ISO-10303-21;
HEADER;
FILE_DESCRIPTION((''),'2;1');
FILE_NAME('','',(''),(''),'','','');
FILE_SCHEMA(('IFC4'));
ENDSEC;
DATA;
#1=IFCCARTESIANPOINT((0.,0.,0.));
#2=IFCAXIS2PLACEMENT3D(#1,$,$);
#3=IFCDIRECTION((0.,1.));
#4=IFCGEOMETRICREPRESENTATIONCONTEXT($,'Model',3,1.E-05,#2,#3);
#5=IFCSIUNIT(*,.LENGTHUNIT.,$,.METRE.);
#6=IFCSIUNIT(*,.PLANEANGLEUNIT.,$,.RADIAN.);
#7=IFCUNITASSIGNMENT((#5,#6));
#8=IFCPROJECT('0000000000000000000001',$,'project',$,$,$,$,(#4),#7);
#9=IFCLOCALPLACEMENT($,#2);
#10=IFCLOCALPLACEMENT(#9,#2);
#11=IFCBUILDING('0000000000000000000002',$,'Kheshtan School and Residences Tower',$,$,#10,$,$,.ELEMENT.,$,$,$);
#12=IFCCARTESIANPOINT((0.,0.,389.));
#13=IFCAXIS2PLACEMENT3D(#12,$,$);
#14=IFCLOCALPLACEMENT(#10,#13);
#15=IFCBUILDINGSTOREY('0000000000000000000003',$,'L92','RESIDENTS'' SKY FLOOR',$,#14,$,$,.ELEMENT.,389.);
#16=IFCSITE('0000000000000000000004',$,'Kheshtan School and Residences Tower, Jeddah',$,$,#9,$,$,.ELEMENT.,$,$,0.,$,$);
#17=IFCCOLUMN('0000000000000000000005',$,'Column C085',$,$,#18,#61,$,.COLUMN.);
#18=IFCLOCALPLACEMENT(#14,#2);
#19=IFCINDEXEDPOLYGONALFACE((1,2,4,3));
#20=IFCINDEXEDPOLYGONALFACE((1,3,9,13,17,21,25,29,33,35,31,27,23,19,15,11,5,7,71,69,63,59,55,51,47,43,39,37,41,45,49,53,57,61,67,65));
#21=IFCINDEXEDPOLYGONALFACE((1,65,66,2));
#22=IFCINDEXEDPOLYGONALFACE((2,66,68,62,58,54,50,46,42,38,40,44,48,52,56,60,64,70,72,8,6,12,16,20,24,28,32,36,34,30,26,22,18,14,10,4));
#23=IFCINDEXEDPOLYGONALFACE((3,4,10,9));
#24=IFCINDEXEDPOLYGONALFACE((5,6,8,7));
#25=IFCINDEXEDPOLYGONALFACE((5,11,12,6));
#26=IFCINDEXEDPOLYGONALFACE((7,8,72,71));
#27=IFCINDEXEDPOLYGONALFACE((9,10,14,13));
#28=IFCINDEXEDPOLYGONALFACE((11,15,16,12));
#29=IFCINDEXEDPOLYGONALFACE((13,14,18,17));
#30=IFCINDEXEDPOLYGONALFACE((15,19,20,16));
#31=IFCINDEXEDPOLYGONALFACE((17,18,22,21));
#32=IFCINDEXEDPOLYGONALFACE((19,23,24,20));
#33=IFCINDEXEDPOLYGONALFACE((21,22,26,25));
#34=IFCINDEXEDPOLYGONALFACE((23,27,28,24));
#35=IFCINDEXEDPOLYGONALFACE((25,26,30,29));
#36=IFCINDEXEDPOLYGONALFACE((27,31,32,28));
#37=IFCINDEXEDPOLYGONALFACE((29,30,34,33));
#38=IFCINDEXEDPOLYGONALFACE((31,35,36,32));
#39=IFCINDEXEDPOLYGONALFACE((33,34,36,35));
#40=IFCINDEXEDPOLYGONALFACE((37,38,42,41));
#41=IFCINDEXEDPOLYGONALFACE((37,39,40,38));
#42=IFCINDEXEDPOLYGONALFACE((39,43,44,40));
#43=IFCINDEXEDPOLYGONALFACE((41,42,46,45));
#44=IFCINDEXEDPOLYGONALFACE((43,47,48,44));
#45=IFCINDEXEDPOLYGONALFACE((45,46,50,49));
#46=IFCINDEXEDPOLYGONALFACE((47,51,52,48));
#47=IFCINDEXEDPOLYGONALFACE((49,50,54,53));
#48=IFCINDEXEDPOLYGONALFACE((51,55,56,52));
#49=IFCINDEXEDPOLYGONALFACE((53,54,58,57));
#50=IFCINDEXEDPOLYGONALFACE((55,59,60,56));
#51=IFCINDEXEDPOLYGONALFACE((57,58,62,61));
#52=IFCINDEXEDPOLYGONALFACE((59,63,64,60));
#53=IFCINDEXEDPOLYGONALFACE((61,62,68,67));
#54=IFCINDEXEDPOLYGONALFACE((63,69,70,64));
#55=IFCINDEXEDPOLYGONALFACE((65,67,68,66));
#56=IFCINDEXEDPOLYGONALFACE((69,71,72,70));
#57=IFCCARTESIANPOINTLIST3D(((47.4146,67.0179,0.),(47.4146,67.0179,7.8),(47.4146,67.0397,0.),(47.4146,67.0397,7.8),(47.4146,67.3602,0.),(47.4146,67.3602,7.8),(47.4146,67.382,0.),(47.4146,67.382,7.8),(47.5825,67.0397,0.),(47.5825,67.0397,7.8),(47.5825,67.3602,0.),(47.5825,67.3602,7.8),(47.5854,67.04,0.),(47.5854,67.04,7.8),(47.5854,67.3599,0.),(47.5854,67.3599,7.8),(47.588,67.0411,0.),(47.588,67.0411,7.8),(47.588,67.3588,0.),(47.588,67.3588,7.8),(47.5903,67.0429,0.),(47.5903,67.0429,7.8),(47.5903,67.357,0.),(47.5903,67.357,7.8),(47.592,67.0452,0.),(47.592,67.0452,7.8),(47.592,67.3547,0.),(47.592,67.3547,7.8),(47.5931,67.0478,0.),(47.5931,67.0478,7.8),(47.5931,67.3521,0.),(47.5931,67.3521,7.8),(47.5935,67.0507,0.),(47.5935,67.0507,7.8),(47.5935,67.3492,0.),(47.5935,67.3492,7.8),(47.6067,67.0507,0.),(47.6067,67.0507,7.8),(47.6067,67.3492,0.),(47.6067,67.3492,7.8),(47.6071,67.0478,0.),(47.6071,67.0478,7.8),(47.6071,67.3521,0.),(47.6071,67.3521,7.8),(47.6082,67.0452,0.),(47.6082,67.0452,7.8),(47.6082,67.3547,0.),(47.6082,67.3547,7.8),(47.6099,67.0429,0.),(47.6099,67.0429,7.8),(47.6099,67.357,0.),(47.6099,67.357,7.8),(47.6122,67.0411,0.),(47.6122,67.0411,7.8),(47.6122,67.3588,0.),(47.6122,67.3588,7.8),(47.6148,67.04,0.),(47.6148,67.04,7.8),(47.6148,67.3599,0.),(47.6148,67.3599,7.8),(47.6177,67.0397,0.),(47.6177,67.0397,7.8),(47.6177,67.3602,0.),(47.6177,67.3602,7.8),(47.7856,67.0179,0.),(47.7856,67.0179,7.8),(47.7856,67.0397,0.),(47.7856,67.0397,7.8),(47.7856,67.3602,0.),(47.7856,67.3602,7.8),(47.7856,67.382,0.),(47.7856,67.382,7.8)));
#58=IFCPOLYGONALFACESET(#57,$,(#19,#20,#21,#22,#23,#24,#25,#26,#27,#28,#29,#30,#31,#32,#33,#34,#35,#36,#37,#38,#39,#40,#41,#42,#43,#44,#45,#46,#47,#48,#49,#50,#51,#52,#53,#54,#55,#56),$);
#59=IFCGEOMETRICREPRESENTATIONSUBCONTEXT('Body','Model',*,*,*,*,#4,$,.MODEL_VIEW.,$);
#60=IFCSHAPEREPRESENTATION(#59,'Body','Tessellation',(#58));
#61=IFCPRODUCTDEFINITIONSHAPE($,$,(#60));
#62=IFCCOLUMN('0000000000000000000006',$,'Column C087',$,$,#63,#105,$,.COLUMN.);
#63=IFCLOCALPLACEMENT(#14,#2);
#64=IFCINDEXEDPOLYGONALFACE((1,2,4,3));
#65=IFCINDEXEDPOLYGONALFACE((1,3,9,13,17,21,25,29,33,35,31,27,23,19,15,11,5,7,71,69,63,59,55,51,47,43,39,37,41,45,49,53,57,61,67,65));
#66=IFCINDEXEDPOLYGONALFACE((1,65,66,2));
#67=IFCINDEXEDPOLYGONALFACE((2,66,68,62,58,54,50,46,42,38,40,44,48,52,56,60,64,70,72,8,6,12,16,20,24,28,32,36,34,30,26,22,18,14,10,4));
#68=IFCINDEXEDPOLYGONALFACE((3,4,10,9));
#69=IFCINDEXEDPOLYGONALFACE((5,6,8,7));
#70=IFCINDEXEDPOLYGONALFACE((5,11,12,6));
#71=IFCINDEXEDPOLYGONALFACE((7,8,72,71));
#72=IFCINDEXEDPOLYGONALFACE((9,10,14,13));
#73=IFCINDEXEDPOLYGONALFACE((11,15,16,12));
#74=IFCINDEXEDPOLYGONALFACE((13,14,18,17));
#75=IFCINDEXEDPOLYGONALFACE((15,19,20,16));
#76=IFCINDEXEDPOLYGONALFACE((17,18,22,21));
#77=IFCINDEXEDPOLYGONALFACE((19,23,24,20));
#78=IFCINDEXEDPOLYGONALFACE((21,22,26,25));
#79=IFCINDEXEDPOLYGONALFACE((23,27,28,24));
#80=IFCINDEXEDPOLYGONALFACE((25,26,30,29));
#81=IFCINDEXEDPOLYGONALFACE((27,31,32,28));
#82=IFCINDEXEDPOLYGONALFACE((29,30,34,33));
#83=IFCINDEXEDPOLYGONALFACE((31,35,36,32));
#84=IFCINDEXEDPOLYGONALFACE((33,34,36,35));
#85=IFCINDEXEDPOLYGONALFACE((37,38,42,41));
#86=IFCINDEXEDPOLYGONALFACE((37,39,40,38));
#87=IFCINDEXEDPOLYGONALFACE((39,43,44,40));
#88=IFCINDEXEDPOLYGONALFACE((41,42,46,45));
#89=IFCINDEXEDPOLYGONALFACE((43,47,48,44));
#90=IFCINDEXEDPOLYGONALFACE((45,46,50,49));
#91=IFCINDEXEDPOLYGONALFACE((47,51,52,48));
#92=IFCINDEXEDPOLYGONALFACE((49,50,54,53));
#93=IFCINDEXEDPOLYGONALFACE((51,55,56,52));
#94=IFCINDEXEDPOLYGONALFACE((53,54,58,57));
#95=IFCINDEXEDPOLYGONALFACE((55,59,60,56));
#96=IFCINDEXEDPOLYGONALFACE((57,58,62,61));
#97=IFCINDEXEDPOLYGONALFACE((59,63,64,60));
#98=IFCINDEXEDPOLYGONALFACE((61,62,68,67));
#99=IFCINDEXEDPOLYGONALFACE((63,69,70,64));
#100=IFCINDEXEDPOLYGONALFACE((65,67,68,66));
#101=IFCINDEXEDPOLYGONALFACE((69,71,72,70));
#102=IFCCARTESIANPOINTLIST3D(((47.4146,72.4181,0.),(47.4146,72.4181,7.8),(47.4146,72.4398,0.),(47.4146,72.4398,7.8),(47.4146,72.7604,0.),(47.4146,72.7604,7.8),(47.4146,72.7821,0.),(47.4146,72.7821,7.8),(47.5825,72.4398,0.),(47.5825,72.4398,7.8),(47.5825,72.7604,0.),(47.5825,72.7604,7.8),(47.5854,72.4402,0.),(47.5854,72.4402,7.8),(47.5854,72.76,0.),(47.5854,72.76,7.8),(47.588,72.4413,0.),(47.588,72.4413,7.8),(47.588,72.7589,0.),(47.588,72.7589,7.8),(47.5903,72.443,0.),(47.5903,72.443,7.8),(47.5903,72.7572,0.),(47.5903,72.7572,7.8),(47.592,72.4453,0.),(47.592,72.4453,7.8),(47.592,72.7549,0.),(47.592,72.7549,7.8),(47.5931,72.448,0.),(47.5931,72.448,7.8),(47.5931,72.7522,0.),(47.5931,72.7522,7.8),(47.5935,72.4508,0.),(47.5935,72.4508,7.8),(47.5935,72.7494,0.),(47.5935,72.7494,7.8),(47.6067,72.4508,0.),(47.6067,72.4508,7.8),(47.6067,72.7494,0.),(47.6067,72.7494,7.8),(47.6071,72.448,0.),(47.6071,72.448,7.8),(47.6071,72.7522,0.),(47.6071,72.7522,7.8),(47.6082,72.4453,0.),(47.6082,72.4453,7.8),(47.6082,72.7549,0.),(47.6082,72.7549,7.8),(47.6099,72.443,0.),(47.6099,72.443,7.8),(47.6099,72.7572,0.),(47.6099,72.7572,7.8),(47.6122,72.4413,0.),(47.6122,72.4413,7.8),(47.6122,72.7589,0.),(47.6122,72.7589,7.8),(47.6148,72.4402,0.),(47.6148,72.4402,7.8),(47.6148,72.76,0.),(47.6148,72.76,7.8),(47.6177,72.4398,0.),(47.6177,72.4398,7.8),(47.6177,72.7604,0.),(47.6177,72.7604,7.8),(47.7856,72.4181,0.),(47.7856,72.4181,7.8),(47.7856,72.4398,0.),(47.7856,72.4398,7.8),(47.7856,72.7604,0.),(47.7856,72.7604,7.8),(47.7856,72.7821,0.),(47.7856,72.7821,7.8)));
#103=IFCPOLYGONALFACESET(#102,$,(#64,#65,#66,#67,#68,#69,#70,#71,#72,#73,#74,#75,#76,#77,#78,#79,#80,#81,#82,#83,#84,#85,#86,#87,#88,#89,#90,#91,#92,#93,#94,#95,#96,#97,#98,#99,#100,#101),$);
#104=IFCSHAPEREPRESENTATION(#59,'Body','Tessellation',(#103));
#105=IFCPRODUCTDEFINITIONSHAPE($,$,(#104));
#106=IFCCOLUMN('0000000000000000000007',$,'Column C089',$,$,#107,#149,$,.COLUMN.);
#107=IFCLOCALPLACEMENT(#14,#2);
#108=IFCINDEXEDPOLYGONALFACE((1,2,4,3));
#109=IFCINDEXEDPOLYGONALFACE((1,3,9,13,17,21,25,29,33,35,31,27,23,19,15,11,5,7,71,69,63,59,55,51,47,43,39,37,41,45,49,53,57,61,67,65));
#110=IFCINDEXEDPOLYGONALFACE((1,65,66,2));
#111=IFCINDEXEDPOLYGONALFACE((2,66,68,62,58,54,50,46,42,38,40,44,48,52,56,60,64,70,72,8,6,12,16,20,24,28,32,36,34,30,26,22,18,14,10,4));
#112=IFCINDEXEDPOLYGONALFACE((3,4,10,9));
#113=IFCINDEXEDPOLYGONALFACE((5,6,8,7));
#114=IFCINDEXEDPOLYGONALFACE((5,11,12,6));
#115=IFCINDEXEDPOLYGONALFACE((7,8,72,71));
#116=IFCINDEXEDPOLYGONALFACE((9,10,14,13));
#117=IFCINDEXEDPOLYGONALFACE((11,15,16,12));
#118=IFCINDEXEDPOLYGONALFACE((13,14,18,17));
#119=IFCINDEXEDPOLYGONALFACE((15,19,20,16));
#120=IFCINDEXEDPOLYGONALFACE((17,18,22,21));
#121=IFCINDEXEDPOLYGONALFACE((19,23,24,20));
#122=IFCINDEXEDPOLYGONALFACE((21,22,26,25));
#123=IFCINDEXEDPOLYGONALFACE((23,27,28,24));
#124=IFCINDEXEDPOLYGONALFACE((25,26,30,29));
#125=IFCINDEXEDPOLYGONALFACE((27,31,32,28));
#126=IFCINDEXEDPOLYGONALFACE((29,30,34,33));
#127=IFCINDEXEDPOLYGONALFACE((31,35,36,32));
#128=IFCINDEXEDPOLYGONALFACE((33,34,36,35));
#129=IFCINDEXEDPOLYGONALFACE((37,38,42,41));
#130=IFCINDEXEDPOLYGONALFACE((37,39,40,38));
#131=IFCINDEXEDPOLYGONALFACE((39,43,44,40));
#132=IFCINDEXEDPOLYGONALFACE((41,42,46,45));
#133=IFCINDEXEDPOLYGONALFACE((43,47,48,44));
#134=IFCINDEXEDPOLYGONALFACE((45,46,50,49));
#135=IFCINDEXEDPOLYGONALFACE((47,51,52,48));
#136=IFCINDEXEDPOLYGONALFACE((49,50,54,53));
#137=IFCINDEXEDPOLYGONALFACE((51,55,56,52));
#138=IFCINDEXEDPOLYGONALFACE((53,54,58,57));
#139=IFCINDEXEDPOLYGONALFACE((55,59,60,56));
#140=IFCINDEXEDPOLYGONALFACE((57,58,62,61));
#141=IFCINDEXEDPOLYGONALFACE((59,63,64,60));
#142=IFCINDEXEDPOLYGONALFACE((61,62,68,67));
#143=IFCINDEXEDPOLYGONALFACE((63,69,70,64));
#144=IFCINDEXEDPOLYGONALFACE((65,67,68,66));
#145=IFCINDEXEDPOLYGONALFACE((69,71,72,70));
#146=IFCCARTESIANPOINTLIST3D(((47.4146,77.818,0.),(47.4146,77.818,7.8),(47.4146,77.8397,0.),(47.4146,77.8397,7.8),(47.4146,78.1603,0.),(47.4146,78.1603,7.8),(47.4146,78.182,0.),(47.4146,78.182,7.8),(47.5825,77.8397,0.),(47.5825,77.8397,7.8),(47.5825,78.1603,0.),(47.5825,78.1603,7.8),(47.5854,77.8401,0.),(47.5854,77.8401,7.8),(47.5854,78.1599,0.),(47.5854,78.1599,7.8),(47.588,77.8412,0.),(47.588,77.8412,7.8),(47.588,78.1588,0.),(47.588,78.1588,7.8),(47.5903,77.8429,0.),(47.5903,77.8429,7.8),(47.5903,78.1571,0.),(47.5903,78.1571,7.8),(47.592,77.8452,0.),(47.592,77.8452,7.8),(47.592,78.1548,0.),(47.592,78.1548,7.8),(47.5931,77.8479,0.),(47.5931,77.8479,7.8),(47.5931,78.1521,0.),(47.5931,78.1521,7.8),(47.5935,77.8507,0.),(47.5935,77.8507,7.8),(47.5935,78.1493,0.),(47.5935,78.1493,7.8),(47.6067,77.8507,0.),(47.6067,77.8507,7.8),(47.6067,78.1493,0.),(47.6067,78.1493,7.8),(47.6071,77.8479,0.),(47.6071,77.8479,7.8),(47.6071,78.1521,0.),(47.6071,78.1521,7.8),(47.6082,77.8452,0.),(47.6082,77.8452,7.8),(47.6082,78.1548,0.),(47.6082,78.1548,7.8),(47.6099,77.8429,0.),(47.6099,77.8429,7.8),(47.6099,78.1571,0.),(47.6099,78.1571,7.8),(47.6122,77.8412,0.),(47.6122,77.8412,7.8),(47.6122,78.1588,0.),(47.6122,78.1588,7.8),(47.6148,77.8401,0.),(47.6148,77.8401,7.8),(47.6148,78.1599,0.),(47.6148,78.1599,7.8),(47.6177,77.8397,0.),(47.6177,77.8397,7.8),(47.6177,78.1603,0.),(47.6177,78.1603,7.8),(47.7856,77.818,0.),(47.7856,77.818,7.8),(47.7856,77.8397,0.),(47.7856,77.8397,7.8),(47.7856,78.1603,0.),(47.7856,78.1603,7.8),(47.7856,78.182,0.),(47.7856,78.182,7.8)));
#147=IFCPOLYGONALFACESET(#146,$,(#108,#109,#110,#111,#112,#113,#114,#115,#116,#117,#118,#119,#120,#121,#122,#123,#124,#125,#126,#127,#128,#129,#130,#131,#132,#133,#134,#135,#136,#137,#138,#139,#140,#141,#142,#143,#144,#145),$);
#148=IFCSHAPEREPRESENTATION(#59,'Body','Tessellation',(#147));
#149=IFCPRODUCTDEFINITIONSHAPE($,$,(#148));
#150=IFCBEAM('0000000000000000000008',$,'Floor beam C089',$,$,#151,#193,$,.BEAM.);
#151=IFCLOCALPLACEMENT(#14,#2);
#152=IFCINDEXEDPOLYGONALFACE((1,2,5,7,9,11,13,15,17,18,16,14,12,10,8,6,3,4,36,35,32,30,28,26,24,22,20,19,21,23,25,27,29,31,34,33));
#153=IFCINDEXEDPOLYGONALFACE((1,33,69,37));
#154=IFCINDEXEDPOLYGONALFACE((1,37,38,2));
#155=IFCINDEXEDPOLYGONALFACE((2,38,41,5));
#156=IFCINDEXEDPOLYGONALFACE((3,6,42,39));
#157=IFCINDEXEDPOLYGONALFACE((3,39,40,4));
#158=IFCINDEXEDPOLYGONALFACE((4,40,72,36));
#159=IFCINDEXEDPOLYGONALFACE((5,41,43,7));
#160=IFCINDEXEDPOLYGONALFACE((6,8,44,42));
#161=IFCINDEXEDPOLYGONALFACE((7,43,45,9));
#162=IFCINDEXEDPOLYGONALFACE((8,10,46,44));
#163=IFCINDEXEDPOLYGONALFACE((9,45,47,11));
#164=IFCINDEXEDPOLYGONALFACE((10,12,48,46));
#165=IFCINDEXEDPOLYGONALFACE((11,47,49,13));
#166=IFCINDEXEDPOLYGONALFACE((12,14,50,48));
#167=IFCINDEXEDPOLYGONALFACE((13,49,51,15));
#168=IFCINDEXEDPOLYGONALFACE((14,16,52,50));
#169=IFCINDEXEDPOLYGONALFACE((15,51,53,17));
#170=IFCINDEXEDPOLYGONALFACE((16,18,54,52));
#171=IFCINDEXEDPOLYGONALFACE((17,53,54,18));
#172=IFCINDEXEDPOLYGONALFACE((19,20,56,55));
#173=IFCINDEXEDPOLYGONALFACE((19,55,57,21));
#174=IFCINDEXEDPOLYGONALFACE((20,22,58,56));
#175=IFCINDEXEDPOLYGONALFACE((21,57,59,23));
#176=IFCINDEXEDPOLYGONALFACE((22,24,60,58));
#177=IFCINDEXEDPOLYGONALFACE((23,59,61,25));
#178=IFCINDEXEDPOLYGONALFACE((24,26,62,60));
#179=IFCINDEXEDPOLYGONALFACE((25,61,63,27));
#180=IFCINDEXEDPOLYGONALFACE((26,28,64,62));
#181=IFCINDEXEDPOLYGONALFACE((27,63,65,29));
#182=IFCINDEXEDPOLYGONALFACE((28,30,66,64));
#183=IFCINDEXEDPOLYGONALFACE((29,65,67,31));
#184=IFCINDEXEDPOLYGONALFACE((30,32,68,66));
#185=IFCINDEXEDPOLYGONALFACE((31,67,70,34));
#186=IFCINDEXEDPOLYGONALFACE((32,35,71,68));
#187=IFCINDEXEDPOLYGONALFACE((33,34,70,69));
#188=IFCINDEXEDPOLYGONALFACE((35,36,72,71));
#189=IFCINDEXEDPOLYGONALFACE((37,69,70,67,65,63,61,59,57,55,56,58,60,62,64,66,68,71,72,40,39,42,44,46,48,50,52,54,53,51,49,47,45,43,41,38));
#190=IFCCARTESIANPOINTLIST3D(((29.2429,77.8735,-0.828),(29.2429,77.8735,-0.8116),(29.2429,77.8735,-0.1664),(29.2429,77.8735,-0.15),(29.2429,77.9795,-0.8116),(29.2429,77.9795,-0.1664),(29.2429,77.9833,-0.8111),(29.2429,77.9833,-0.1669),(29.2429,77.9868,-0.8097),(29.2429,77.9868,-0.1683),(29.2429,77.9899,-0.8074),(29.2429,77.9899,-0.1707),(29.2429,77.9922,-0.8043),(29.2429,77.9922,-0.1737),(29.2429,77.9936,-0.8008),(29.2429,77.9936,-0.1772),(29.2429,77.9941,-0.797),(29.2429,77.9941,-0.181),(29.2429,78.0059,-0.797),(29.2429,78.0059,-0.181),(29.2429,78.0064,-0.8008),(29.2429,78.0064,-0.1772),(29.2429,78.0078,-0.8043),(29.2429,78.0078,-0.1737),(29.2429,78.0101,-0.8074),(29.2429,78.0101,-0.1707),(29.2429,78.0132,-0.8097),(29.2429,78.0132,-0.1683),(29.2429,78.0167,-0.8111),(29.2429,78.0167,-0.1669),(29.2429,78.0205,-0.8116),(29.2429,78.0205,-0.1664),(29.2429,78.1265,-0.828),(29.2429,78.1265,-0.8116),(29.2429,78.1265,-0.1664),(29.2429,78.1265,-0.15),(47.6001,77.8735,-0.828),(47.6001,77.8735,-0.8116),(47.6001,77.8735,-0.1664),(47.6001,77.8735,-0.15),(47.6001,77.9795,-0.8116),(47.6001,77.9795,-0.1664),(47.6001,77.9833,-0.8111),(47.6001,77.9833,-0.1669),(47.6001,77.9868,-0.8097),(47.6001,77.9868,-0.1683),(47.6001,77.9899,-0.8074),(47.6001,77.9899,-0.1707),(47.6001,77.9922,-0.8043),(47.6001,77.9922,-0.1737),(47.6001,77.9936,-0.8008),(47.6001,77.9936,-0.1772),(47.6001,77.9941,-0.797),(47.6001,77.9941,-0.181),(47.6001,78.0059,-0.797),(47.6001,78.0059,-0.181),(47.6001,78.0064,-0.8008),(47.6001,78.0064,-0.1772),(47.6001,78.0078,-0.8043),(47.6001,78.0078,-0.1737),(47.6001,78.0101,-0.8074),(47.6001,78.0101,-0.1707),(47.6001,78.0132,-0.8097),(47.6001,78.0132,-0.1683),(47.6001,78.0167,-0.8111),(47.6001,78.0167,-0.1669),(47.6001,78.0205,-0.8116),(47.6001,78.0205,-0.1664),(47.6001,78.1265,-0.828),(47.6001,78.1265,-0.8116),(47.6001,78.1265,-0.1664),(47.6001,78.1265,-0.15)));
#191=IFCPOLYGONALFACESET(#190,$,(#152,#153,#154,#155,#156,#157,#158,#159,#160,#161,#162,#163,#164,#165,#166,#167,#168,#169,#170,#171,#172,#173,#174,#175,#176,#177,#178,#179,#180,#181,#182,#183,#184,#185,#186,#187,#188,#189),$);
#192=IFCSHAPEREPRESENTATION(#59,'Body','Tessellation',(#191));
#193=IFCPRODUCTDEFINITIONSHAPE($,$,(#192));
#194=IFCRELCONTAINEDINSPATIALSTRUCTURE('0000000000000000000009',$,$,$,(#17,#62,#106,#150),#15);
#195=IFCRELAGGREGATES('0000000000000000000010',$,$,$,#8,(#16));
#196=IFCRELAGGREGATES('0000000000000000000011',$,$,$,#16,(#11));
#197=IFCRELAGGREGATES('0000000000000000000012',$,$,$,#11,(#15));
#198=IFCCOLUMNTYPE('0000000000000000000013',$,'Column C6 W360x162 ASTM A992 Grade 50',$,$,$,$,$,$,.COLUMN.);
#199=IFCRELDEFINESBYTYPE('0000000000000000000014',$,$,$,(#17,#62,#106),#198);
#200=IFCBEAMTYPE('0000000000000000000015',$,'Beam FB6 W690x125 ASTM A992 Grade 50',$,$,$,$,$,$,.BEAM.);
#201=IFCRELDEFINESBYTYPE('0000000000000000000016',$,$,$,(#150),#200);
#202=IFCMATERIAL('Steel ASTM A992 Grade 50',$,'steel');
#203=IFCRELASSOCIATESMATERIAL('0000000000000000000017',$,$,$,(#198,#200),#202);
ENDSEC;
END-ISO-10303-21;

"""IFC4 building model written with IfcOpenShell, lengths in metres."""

from ifc_helpers import new_model, si_unit, direction, frame, origin, origin_2d, place, context, subcontext, project, spatial, i_section, extrude, material, material_profile, profile_set, type_object, element, save


model = new_model("IFC4")

# Units and contexts
model_context = context("Model", 3, precision=1e-05, world=origin(), true_north=direction((0.0, 1.0)))
body_context = subcontext(model_context, "Body", "Model", "MODEL_VIEW")
ifc_project = project(units=[si_unit("LENGTHUNIT", "METRE"), si_unit("PLANEANGLEUNIT", "RADIAN")], contexts=[model_context])

# Site, building, storey
site_placement = place(None, origin())
site = spatial("IfcSite", under=ifc_project, at=site_placement, Name="Kheshtan School and Residences Tower, Jeddah", CompositionType="ELEMENT", RefElevation=0.0)
building_placement = place(site_placement, origin())
building = spatial("IfcBuilding", under=site, at=building_placement, Name="Kheshtan School and Residences Tower", CompositionType="ELEMENT")
storey_placement = place(building_placement, frame((0.0, 0.0, 389.0)))
storey = spatial("IfcBuildingStorey", under=building, at=storey_placement, Name="L92", Description="RESIDENTS' SKY FLOOR", CompositionType="ELEMENT", Elevation=389.0)

# Columns
ifc_material_1 = material(Name="Steel ASTM A992 Grade 50", Category="steel")
ifc_material_profile_1 = material_profile(ifc_material_1, i_section(OverallWidth=0.3711, OverallDepth=0.364, WebThickness=0.0132, FlangeThickness=0.0217, FilletRadius=0.011, at=origin_2d()), Name="W360x162")
ifc_profile_set_1 = profile_set([ifc_material_profile_1], Name="Steel ASTM A992 Grade 50")
column_type = type_object("IfcColumnType", Name="Column C6 W360x162 ASTM A992 Grade 50", PredefinedType="COLUMN", material=ifc_profile_set_1)
for number, where, z_axis, x_axis, name in (
    (1, (47.6001, 67.2, 0.0), (0.0, 0.0, 1.0), (1.0, 0.0, 0.0), "Column C085"),
    (2, (47.6001, 72.6001, 0.0), (0.0, 0.0, 1.0), (1.0, 0.0, 0.0), "Column C087"),
    (3, (47.6001, 78.0, 0.0), (0.0, 0.0, 1.0), (1.0, 0.0, 0.0), "Column C089"),
):
    element("IfcColumn", number, at=place(storey_placement, frame(where, z_axis=z_axis, x_axis=x_axis)), inside=storey, type_object=column_type, Name=name, PredefinedType="COLUMN", context=body_context, shape_type="SweptSolid", body=[
        extrude(i_section(OverallWidth=0.3711, OverallDepth=0.364, WebThickness=0.0132, FlangeThickness=0.0217, FilletRadius=0.011, at=origin_2d()), origin(), (0.0, 0.0, 1.0), 7.8),
    ])

# Beam
ifc_material_profile_2 = material_profile(ifc_material_1, i_section(OverallWidth=0.2529, OverallDepth=0.678, WebThickness=0.0117, FlangeThickness=0.0164, FilletRadius=0.0146, at=origin_2d()), Name="W690x125")
ifc_profile_set_2 = profile_set([ifc_material_profile_2], Name="Steel ASTM A992 Grade 50")
beam_type_1 = type_object("IfcBeamType", Name="Beam FB6 W690x125 ASTM A992 Grade 50", PredefinedType="BEAM", material=ifc_profile_set_2)
beam_1_placement = place(storey_placement, frame((47.6001, 78.0, -0.489), z_axis=(-1.0, 0.0, 0.0), x_axis=(0.0, -1.0, 0.0)))
element("IfcBeam", 4, at=beam_1_placement, inside=storey, type_object=beam_type_1, Name="Floor beam C089", PredefinedType="BEAM", context=body_context, shape_type="SweptSolid", body=[
    extrude(i_section(OverallWidth=0.2529, OverallDepth=0.678, WebThickness=0.0117, FlangeThickness=0.0164, FilletRadius=0.0146, at=origin_2d()), origin(), (0.0, 0.0, 1.0), 18.3572),
])

save(model, "model.ifc")
